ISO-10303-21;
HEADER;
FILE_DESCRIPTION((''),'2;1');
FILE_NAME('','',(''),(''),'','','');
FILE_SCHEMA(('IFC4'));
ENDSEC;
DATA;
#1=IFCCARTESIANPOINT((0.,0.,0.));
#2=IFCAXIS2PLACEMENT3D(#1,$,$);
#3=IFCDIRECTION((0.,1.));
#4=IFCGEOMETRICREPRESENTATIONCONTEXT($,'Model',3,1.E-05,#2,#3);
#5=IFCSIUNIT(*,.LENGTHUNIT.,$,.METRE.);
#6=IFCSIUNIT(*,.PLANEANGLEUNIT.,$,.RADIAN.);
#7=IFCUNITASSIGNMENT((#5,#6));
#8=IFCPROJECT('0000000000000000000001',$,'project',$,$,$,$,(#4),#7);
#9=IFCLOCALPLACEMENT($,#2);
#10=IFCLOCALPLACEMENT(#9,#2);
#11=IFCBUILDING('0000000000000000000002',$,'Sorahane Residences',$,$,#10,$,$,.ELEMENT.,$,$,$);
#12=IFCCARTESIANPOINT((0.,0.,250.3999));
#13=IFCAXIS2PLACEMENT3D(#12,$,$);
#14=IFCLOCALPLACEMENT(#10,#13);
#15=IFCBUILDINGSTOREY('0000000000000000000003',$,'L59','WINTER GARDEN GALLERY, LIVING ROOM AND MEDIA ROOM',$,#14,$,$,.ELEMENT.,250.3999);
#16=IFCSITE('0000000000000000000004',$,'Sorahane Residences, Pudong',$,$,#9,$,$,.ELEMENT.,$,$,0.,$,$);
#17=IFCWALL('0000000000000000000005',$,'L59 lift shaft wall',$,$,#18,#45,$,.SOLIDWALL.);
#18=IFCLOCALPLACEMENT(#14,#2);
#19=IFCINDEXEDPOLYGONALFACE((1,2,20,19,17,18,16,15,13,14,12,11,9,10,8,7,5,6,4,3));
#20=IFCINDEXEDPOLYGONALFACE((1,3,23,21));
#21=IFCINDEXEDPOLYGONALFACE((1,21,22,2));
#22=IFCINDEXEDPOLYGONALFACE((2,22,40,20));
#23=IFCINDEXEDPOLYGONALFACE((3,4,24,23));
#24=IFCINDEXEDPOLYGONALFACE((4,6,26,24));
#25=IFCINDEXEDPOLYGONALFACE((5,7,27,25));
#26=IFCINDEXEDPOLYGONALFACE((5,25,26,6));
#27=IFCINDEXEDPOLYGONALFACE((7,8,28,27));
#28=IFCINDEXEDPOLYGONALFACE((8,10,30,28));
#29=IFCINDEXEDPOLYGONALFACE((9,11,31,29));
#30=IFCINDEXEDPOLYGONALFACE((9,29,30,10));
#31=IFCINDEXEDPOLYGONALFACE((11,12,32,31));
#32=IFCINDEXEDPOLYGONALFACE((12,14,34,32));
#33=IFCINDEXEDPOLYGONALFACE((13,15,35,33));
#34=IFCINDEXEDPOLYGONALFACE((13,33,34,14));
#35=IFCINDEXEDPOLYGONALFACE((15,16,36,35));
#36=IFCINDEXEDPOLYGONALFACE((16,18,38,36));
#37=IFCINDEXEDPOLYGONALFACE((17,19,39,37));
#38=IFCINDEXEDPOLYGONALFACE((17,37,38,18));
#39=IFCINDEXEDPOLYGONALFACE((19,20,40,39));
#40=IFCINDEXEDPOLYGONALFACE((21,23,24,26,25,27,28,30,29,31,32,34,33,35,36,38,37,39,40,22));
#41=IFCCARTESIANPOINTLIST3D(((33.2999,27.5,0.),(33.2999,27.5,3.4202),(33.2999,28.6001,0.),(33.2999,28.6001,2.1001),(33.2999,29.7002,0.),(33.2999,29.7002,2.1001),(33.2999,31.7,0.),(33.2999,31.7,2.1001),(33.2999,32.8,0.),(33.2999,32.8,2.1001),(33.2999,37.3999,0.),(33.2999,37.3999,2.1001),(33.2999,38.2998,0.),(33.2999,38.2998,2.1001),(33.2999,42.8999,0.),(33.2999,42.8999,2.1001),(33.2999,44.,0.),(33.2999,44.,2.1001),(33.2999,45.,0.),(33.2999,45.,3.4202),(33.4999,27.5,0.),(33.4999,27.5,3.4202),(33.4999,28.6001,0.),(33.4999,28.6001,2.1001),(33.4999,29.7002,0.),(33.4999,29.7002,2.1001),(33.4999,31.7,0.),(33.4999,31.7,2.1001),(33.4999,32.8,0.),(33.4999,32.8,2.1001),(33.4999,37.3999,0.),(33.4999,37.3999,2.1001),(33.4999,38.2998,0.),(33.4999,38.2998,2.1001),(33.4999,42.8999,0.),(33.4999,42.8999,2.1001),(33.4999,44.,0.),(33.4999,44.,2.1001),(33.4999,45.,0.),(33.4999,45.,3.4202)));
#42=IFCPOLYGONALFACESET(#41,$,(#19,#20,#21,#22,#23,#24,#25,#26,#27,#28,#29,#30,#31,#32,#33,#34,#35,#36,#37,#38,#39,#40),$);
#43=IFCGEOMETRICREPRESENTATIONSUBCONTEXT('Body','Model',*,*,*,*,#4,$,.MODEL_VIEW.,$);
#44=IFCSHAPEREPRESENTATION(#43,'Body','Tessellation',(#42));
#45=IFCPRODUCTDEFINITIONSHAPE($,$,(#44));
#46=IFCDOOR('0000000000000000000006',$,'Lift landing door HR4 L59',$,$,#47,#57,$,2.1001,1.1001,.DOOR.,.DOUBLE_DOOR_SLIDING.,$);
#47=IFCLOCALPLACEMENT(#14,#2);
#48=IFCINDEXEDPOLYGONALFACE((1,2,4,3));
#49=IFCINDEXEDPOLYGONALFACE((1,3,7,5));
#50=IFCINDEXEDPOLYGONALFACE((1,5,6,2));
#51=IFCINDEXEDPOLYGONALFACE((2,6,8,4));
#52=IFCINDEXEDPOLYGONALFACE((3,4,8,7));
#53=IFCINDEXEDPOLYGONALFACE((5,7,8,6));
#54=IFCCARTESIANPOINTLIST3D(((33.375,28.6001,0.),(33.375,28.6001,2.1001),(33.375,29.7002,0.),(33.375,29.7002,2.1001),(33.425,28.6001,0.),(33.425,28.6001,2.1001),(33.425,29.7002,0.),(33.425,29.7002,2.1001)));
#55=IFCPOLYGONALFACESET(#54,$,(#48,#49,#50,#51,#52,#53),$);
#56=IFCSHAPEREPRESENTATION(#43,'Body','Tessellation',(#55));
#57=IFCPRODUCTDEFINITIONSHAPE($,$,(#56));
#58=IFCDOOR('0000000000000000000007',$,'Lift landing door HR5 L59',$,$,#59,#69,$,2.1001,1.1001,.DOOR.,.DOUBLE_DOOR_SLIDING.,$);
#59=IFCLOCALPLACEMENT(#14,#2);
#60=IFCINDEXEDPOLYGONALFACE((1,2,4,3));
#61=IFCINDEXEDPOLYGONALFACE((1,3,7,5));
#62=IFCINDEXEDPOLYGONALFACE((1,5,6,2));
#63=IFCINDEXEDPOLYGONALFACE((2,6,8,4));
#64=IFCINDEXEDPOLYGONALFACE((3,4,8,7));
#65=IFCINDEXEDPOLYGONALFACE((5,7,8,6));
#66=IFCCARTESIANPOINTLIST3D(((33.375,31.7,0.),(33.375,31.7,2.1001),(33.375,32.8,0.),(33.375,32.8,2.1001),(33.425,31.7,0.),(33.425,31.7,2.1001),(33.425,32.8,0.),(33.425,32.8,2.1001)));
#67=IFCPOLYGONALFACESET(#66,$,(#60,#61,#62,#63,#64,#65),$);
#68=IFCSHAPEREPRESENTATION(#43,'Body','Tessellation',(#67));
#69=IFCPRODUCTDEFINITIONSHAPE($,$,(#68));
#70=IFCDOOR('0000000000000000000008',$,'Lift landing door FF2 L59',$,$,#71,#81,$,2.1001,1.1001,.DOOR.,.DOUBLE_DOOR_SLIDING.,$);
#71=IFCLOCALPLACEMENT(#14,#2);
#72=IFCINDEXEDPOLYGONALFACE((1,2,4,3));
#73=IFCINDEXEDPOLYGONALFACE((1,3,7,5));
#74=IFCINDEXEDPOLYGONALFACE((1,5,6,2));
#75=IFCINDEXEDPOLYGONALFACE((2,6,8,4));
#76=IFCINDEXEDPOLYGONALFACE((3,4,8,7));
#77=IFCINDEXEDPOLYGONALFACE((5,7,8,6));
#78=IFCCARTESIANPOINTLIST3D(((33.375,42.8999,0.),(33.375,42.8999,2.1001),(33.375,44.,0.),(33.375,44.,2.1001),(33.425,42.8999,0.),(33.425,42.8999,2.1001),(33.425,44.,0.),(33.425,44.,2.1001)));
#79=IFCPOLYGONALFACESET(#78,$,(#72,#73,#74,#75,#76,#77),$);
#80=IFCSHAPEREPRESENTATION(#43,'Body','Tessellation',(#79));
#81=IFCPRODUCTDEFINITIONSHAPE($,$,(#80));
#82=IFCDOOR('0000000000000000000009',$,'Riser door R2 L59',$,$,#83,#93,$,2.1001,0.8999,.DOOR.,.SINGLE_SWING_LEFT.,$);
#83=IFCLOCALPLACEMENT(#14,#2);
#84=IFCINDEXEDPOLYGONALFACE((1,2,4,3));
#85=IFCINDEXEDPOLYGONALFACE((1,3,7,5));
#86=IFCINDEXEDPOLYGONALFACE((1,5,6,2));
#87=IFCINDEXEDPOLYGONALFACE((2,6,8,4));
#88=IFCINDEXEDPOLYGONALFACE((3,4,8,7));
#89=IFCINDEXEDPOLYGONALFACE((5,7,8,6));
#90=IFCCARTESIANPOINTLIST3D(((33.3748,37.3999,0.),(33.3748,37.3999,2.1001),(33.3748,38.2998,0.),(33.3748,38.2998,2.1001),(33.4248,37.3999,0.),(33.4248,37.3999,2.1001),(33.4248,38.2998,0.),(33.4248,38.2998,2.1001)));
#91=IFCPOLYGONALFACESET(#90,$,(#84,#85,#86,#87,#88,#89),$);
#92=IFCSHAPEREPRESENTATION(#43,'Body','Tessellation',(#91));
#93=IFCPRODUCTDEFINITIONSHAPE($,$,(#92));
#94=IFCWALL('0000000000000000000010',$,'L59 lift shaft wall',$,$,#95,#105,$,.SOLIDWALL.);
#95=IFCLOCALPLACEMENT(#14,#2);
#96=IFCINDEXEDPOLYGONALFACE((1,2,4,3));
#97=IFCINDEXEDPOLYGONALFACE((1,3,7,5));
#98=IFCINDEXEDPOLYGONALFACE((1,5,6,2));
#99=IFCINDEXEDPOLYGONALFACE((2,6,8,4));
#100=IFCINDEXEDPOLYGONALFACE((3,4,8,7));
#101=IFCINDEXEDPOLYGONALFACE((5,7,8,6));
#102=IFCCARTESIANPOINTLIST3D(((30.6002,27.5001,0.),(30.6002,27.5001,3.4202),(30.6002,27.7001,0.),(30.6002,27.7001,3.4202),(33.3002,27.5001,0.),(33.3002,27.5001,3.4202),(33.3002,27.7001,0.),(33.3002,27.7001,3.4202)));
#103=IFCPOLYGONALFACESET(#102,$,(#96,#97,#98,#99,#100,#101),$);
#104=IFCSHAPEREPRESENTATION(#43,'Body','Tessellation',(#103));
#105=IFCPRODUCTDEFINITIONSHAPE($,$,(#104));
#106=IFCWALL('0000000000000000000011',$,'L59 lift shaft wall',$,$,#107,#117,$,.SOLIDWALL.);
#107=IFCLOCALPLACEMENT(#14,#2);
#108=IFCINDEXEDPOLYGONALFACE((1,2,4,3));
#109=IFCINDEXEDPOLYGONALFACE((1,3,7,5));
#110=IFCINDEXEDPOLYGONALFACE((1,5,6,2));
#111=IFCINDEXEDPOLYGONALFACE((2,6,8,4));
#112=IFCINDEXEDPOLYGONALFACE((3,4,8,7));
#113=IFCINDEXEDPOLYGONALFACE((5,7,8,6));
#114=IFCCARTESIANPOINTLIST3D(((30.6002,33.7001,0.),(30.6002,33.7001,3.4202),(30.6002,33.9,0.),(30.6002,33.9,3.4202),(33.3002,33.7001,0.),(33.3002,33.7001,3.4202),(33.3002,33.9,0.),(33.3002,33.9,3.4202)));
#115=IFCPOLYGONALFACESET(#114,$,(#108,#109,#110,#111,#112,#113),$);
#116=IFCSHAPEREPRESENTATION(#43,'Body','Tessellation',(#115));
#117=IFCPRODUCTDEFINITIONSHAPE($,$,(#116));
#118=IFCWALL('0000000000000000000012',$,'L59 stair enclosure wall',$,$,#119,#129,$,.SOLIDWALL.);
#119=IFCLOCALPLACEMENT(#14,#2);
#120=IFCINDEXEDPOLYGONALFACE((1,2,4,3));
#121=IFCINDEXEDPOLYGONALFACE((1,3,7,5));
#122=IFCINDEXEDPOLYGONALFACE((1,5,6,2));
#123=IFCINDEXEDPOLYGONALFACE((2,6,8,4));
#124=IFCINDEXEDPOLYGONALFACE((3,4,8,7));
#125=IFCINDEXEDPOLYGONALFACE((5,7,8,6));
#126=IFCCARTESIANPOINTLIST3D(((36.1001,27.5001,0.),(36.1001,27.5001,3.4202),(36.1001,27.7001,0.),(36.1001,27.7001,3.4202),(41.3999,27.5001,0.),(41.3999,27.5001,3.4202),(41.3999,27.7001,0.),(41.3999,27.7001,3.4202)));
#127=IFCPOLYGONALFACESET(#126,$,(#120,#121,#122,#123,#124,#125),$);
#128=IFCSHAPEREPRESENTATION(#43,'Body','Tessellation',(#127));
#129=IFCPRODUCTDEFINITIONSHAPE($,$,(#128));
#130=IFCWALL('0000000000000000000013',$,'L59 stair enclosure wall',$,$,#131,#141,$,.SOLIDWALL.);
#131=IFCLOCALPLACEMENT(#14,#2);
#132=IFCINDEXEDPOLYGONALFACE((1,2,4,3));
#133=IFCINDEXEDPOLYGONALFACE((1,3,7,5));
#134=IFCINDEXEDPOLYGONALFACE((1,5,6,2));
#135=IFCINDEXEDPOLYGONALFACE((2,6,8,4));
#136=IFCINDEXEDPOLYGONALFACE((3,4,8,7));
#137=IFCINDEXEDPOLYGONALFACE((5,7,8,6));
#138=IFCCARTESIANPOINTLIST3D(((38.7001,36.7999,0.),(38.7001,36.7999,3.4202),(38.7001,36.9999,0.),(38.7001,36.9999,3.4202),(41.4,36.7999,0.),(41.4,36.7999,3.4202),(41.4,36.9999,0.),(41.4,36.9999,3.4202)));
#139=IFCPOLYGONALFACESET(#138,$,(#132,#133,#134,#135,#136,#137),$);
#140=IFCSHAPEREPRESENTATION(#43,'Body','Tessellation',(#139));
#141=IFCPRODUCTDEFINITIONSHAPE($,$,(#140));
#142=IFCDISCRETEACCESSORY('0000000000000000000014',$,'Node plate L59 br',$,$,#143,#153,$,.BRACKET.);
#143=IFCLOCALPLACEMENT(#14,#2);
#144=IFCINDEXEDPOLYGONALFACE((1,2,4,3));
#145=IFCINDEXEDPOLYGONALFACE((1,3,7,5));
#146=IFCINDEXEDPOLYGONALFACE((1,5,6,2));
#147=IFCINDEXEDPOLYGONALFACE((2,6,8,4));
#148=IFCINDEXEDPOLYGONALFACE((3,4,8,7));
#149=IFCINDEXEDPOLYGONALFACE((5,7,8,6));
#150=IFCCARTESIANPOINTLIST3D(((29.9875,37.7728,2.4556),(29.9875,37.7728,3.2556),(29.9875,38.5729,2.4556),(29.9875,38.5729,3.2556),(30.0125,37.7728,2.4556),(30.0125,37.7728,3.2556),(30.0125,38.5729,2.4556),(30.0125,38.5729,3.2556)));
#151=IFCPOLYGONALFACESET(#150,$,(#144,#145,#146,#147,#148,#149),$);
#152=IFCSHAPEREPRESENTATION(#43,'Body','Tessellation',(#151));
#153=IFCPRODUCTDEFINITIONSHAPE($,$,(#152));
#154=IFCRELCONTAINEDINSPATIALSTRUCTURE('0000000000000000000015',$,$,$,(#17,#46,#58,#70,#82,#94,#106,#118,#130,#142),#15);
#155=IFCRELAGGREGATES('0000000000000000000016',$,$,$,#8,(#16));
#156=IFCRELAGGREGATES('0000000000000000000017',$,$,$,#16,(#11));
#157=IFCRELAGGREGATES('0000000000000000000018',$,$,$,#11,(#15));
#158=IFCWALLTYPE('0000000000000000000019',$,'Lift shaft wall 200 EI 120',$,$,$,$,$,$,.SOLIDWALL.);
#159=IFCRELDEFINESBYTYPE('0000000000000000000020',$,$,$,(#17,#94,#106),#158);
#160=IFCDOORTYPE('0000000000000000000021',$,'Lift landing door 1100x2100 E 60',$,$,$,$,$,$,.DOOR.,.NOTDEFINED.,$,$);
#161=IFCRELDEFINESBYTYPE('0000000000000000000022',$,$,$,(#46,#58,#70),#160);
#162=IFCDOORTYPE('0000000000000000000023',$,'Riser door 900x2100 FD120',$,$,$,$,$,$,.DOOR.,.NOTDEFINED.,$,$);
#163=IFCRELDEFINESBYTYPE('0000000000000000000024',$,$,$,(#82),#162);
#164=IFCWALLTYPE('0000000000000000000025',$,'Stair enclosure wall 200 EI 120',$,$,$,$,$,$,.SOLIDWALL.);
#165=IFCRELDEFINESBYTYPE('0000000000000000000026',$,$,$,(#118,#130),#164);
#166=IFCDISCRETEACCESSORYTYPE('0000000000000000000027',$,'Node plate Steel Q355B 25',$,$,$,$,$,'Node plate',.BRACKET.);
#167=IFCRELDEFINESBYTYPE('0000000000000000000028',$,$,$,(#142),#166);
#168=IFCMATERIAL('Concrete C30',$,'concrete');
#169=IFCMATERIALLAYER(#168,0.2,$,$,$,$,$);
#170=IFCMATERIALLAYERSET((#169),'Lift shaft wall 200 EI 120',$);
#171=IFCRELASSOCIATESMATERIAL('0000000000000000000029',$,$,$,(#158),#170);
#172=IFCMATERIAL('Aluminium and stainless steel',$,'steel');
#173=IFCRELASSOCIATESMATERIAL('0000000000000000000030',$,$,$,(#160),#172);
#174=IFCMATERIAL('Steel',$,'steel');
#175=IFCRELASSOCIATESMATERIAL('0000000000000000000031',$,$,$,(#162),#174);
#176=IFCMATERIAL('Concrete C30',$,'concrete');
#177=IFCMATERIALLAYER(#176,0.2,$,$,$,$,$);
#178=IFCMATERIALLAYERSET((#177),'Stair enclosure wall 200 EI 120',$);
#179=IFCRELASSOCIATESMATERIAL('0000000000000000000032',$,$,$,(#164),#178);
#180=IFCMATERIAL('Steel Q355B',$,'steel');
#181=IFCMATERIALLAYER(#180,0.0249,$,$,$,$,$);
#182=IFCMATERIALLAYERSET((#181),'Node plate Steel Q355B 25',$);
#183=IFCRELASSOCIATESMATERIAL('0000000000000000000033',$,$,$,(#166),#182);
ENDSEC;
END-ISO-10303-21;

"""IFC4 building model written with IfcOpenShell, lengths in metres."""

from ifc_helpers import new_model, si_unit, direction, frame, frame_2d, origin, origin_2d, place, context, subcontext, project, spatial, rectangle, extrude, material, layer, layer_set, type_object, element, fill, save


model = new_model("IFC4")

# Units and contexts
model_context = context("Model", 3, precision=1e-05, world=origin(), true_north=direction((0.0, 1.0)))
body_context = subcontext(model_context, "Body", "Model", "MODEL_VIEW")
ifc_project = project(units=[si_unit("LENGTHUNIT", "METRE"), si_unit("PLANEANGLEUNIT", "RADIAN")], contexts=[model_context])

# Site, building, storey
site_placement = place(None, origin())
site = spatial("IfcSite", under=ifc_project, at=site_placement, Name="Sorahane Residences, Pudong", CompositionType="ELEMENT", RefElevation=0.0)
building_placement = place(site_placement, origin())
building = spatial("IfcBuilding", under=site, at=building_placement, Name="Sorahane Residences", CompositionType="ELEMENT")
storey_placement = place(building_placement, frame((0.0, 0.0, 250.3999)))
storey = spatial("IfcBuildingStorey", under=building, at=storey_placement, Name="L59", Description="WINTER GARDEN GALLERY, LIVING ROOM AND MEDIA ROOM", CompositionType="ELEMENT", Elevation=250.3999)

# Wall, openings, doors
ifc_material_1 = material(Name="Concrete C30", Category="concrete")
ifc_layer_1 = layer(ifc_material_1, 0.2)
ifc_layer_set_1 = layer_set([ifc_layer_1], Name="Lift shaft wall 200 EI 120")
wall_type_1 = type_object("IfcWallType", Name="Lift shaft wall 200 EI 120", PredefinedType="SOLIDWALL", material=ifc_layer_set_1)
wall_1_placement = place(storey_placement, frame((33.3999, 27.5, 0.0), z_axis=(0.0, 0.0, 1.0), x_axis=(0.0, 1.0, 0.0)))
wall_1 = element("IfcWall", 1, at=wall_1_placement, inside=storey, type_object=wall_type_1, Name="L59 lift shaft wall", PredefinedType="SOLIDWALL", context=body_context, shape_type="SweptSolid", body=[
    extrude(rectangle(XDim=17.5, YDim=0.2, at=frame_2d((8.75, 0.0))), origin(), (0.0, 0.0, 1.0), 3.4202),
])
opening_1_placement = place(wall_1_placement, frame((1.1001, 0.0, 0.0)))
opening_1 = element("IfcOpeningElement", 2, at=opening_1_placement, cuts=wall_1, PredefinedType="OPENING", context=body_context, shape_type="SweptSolid", body=[
    extrude(rectangle(XDim=1.1001, YDim=2.1001, at=frame_2d((0.55, 1.05))), frame((0.0, 0.1099, 0.0), z_axis=(0.0, -1.0, 0.0), x_axis=(1.0, 0.0, 0.0)), (0.0, 0.0, 1.0), 0.22),
])
opening_2_placement = place(wall_1_placement, frame((4.2, 0.0, 0.0)))
opening_2 = element("IfcOpeningElement", 3, at=opening_2_placement, cuts=wall_1, PredefinedType="OPENING", context=body_context, shape_type="SweptSolid", body=[
    extrude(rectangle(XDim=1.1001, YDim=2.1001, at=frame_2d((0.55, 1.05))), frame((0.0, 0.1099, 0.0), z_axis=(0.0, -1.0, 0.0), x_axis=(1.0, 0.0, 0.0)), (0.0, 0.0, 1.0), 0.22),
])
opening_3_placement = place(wall_1_placement, frame((15.3999, 0.0, 0.0)))
opening_3 = element("IfcOpeningElement", 4, at=opening_3_placement, cuts=wall_1, PredefinedType="OPENING", context=body_context, shape_type="SweptSolid", body=[
    extrude(rectangle(XDim=1.1001, YDim=2.1001, at=frame_2d((0.55, 1.05))), frame((0.0, 0.1099, 0.0), z_axis=(0.0, -1.0, 0.0), x_axis=(1.0, 0.0, 0.0)), (0.0, 0.0, 1.0), 0.22),
])
opening_4_placement = place(wall_1_placement, frame((9.8999, 0.0, 0.0)))
opening_4 = element("IfcOpeningElement", 5, at=opening_4_placement, cuts=wall_1, PredefinedType="OPENING", context=body_context, shape_type="SweptSolid", body=[
    extrude(rectangle(XDim=0.8999, YDim=2.1001, at=frame_2d((0.45, 1.05))), frame((0.0, 0.1099, 0.0), z_axis=(0.0, -1.0, 0.0), x_axis=(1.0, 0.0, 0.0)), (0.0, 0.0, 1.0), 0.22),
])
ifc_material_2 = material(Name="Aluminium and stainless steel", Category="steel")
door_type_1 = type_object("IfcDoorType", Name="Lift landing door 1100x2100 E 60", OperationType="NOTDEFINED", PredefinedType="DOOR", material=ifc_material_2)
door_1_placement = place(opening_1_placement, origin())
door_1 = element("IfcDoor", 6, at=door_1_placement, inside=storey, type_object=door_type_1, Name="Lift landing door HR4 L59", OperationType="DOUBLE_DOOR_SLIDING", OverallHeight=2.1001, OverallWidth=1.1001, PredefinedType="DOOR", context=body_context, shape_type="SweptSolid", body=[
    extrude(rectangle(XDim=1.1001, YDim=2.1001, at=frame_2d((0.55, 1.05))), frame((0.0, 0.0249, 0.0), z_axis=(0.0, -1.0, 0.0), x_axis=(1.0, 0.0, 0.0)), (0.0, 0.0, 1.0), 0.05),
])
fill(opening_1, door_1)
door_2_placement = place(opening_2_placement, origin())
door_2 = element("IfcDoor", 7, at=door_2_placement, inside=storey, type_object=door_type_1, Name="Lift landing door HR5 L59", OperationType="DOUBLE_DOOR_SLIDING", OverallHeight=2.1001, OverallWidth=1.1001, PredefinedType="DOOR", context=body_context, shape_type="SweptSolid", body=[
    extrude(rectangle(XDim=1.1001, YDim=2.1001, at=frame_2d((0.55, 1.05))), frame((0.0, 0.0249, 0.0), z_axis=(0.0, -1.0, 0.0), x_axis=(1.0, 0.0, 0.0)), (0.0, 0.0, 1.0), 0.05),
])
fill(opening_2, door_2)
door_3_placement = place(opening_3_placement, origin())
door_3 = element("IfcDoor", 8, at=door_3_placement, inside=storey, type_object=door_type_1, Name="Lift landing door FF2 L59", OperationType="DOUBLE_DOOR_SLIDING", OverallHeight=2.1001, OverallWidth=1.1001, PredefinedType="DOOR", context=body_context, shape_type="SweptSolid", body=[
    extrude(rectangle(XDim=1.1001, YDim=2.1001, at=frame_2d((0.55, 1.05))), frame((0.0, 0.0249, 0.0), z_axis=(0.0, -1.0, 0.0), x_axis=(1.0, 0.0, 0.0)), (0.0, 0.0, 1.0), 0.05),
])
fill(opening_3, door_3)
ifc_material_3 = material(Name="Steel", Category="steel")
door_type_2 = type_object("IfcDoorType", Name="Riser door 900x2100 FD120", OperationType="NOTDEFINED", PredefinedType="DOOR", material=ifc_material_3)
door_4_placement = place(opening_4_placement, frame((0.8999, 0.0, 0.0), z_axis=(0.0, 0.0, 1.0), x_axis=(-1.0, 0.0, 0.0)))
door_4 = element("IfcDoor", 9, at=door_4_placement, inside=storey, type_object=door_type_2, Name="Riser door R2 L59", OperationType="SINGLE_SWING_LEFT", OverallHeight=2.1001, OverallWidth=0.8999, PredefinedType="DOOR", context=body_context, shape_type="SweptSolid", body=[
    extrude(rectangle(XDim=0.8999, YDim=2.1001, at=frame_2d((0.45, 1.05))), frame((0.0, 0.0249, 0.0), z_axis=(0.0, -1.0, 0.0), x_axis=(1.0, 0.0, 0.0)), (0.0, 0.0, 1.0), 0.05),
])
fill(opening_4, door_4)

# Walls
for number, where, z_axis, x_axis, name in (
    (10, (30.6001, 27.6001, 0.0), (0.0, 0.0, 1.0), (1.0, 0.0, 0.0), "L59 lift shaft wall"),
    (11, (30.6001, 33.8, 0.0), (0.0, 0.0, 1.0), (1.0, 0.0, 0.0), "L59 lift shaft wall"),
):
    element("IfcWall", number, at=place(storey_placement, frame(where, z_axis=z_axis, x_axis=x_axis)), inside=storey, type_object=wall_type_1, Name=name, PredefinedType="SOLIDWALL", context=body_context, shape_type="SweptSolid", body=[
        extrude(rectangle(XDim=2.7, YDim=0.2, at=frame_2d((1.3501, 0.0))), origin(), (0.0, 0.0, 1.0), 3.4202),
    ])
ifc_material_4 = material(Name="Concrete C30", Category="concrete")
ifc_layer_2 = layer(ifc_material_4, 0.2)
ifc_layer_set_2 = layer_set([ifc_layer_2], Name="Stair enclosure wall 200 EI 120")
wall_type_2 = type_object("IfcWallType", Name="Stair enclosure wall 200 EI 120", PredefinedType="SOLIDWALL", material=ifc_layer_set_2)
wall_2_placement = place(storey_placement, frame((36.1001, 27.6001, 0.0), z_axis=(0.0, 0.0, 1.0), x_axis=(1.0, 0.0, 0.0)))
element("IfcWall", 12, at=wall_2_placement, inside=storey, type_object=wall_type_2, Name="L59 stair enclosure wall", PredefinedType="SOLIDWALL", context=body_context, shape_type="SweptSolid", body=[
    extrude(rectangle(XDim=5.2998, YDim=0.2, at=frame_2d((2.6499, 0.0))), origin(), (0.0, 0.0, 1.0), 3.4202),
])
wall_3_placement = place(storey_placement, frame((38.7, 36.8999, 0.0), z_axis=(0.0, 0.0, 1.0), x_axis=(1.0, 0.0, 0.0)))
element("IfcWall", 13, at=wall_3_placement, inside=storey, type_object=wall_type_2, Name="L59 stair enclosure wall", PredefinedType="SOLIDWALL", context=body_context, shape_type="SweptSolid", body=[
    extrude(rectangle(XDim=2.7, YDim=0.2, at=frame_2d((1.3501, 0.0))), origin(), (0.0, 0.0, 1.0), 3.4202),
])

# Discrete accessory
ifc_material_5 = material(Name="Steel Q355B", Category="steel")
ifc_layer_3 = layer(ifc_material_5, 0.0249)
ifc_layer_set_3 = layer_set([ifc_layer_3], Name="Node plate Steel Q355B 25")
discrete_accessory_type = type_object("IfcDiscreteAccessoryType", Name="Node plate Steel Q355B 25", ElementType="Node plate", PredefinedType="BRACKET", material=ifc_layer_set_3)
discrete_accessory_placement = place(storey_placement, frame((30.0, 38.1729, 2.4556), z_axis=(0.0, 0.0, 1.0), x_axis=(0.0, 1.0, 0.0)))
element("IfcDiscreteAccessory", 14, at=discrete_accessory_placement, inside=storey, type_object=discrete_accessory_type, Name="Node plate L59 br", PredefinedType="BRACKET", context=body_context, shape_type="SweptSolid", body=[
    extrude(rectangle(XDim=0.8, YDim=0.0249, at=origin_2d()), origin(), (0.0, 0.0, 1.0), 0.8),
])

save(model, "model.ifc")
